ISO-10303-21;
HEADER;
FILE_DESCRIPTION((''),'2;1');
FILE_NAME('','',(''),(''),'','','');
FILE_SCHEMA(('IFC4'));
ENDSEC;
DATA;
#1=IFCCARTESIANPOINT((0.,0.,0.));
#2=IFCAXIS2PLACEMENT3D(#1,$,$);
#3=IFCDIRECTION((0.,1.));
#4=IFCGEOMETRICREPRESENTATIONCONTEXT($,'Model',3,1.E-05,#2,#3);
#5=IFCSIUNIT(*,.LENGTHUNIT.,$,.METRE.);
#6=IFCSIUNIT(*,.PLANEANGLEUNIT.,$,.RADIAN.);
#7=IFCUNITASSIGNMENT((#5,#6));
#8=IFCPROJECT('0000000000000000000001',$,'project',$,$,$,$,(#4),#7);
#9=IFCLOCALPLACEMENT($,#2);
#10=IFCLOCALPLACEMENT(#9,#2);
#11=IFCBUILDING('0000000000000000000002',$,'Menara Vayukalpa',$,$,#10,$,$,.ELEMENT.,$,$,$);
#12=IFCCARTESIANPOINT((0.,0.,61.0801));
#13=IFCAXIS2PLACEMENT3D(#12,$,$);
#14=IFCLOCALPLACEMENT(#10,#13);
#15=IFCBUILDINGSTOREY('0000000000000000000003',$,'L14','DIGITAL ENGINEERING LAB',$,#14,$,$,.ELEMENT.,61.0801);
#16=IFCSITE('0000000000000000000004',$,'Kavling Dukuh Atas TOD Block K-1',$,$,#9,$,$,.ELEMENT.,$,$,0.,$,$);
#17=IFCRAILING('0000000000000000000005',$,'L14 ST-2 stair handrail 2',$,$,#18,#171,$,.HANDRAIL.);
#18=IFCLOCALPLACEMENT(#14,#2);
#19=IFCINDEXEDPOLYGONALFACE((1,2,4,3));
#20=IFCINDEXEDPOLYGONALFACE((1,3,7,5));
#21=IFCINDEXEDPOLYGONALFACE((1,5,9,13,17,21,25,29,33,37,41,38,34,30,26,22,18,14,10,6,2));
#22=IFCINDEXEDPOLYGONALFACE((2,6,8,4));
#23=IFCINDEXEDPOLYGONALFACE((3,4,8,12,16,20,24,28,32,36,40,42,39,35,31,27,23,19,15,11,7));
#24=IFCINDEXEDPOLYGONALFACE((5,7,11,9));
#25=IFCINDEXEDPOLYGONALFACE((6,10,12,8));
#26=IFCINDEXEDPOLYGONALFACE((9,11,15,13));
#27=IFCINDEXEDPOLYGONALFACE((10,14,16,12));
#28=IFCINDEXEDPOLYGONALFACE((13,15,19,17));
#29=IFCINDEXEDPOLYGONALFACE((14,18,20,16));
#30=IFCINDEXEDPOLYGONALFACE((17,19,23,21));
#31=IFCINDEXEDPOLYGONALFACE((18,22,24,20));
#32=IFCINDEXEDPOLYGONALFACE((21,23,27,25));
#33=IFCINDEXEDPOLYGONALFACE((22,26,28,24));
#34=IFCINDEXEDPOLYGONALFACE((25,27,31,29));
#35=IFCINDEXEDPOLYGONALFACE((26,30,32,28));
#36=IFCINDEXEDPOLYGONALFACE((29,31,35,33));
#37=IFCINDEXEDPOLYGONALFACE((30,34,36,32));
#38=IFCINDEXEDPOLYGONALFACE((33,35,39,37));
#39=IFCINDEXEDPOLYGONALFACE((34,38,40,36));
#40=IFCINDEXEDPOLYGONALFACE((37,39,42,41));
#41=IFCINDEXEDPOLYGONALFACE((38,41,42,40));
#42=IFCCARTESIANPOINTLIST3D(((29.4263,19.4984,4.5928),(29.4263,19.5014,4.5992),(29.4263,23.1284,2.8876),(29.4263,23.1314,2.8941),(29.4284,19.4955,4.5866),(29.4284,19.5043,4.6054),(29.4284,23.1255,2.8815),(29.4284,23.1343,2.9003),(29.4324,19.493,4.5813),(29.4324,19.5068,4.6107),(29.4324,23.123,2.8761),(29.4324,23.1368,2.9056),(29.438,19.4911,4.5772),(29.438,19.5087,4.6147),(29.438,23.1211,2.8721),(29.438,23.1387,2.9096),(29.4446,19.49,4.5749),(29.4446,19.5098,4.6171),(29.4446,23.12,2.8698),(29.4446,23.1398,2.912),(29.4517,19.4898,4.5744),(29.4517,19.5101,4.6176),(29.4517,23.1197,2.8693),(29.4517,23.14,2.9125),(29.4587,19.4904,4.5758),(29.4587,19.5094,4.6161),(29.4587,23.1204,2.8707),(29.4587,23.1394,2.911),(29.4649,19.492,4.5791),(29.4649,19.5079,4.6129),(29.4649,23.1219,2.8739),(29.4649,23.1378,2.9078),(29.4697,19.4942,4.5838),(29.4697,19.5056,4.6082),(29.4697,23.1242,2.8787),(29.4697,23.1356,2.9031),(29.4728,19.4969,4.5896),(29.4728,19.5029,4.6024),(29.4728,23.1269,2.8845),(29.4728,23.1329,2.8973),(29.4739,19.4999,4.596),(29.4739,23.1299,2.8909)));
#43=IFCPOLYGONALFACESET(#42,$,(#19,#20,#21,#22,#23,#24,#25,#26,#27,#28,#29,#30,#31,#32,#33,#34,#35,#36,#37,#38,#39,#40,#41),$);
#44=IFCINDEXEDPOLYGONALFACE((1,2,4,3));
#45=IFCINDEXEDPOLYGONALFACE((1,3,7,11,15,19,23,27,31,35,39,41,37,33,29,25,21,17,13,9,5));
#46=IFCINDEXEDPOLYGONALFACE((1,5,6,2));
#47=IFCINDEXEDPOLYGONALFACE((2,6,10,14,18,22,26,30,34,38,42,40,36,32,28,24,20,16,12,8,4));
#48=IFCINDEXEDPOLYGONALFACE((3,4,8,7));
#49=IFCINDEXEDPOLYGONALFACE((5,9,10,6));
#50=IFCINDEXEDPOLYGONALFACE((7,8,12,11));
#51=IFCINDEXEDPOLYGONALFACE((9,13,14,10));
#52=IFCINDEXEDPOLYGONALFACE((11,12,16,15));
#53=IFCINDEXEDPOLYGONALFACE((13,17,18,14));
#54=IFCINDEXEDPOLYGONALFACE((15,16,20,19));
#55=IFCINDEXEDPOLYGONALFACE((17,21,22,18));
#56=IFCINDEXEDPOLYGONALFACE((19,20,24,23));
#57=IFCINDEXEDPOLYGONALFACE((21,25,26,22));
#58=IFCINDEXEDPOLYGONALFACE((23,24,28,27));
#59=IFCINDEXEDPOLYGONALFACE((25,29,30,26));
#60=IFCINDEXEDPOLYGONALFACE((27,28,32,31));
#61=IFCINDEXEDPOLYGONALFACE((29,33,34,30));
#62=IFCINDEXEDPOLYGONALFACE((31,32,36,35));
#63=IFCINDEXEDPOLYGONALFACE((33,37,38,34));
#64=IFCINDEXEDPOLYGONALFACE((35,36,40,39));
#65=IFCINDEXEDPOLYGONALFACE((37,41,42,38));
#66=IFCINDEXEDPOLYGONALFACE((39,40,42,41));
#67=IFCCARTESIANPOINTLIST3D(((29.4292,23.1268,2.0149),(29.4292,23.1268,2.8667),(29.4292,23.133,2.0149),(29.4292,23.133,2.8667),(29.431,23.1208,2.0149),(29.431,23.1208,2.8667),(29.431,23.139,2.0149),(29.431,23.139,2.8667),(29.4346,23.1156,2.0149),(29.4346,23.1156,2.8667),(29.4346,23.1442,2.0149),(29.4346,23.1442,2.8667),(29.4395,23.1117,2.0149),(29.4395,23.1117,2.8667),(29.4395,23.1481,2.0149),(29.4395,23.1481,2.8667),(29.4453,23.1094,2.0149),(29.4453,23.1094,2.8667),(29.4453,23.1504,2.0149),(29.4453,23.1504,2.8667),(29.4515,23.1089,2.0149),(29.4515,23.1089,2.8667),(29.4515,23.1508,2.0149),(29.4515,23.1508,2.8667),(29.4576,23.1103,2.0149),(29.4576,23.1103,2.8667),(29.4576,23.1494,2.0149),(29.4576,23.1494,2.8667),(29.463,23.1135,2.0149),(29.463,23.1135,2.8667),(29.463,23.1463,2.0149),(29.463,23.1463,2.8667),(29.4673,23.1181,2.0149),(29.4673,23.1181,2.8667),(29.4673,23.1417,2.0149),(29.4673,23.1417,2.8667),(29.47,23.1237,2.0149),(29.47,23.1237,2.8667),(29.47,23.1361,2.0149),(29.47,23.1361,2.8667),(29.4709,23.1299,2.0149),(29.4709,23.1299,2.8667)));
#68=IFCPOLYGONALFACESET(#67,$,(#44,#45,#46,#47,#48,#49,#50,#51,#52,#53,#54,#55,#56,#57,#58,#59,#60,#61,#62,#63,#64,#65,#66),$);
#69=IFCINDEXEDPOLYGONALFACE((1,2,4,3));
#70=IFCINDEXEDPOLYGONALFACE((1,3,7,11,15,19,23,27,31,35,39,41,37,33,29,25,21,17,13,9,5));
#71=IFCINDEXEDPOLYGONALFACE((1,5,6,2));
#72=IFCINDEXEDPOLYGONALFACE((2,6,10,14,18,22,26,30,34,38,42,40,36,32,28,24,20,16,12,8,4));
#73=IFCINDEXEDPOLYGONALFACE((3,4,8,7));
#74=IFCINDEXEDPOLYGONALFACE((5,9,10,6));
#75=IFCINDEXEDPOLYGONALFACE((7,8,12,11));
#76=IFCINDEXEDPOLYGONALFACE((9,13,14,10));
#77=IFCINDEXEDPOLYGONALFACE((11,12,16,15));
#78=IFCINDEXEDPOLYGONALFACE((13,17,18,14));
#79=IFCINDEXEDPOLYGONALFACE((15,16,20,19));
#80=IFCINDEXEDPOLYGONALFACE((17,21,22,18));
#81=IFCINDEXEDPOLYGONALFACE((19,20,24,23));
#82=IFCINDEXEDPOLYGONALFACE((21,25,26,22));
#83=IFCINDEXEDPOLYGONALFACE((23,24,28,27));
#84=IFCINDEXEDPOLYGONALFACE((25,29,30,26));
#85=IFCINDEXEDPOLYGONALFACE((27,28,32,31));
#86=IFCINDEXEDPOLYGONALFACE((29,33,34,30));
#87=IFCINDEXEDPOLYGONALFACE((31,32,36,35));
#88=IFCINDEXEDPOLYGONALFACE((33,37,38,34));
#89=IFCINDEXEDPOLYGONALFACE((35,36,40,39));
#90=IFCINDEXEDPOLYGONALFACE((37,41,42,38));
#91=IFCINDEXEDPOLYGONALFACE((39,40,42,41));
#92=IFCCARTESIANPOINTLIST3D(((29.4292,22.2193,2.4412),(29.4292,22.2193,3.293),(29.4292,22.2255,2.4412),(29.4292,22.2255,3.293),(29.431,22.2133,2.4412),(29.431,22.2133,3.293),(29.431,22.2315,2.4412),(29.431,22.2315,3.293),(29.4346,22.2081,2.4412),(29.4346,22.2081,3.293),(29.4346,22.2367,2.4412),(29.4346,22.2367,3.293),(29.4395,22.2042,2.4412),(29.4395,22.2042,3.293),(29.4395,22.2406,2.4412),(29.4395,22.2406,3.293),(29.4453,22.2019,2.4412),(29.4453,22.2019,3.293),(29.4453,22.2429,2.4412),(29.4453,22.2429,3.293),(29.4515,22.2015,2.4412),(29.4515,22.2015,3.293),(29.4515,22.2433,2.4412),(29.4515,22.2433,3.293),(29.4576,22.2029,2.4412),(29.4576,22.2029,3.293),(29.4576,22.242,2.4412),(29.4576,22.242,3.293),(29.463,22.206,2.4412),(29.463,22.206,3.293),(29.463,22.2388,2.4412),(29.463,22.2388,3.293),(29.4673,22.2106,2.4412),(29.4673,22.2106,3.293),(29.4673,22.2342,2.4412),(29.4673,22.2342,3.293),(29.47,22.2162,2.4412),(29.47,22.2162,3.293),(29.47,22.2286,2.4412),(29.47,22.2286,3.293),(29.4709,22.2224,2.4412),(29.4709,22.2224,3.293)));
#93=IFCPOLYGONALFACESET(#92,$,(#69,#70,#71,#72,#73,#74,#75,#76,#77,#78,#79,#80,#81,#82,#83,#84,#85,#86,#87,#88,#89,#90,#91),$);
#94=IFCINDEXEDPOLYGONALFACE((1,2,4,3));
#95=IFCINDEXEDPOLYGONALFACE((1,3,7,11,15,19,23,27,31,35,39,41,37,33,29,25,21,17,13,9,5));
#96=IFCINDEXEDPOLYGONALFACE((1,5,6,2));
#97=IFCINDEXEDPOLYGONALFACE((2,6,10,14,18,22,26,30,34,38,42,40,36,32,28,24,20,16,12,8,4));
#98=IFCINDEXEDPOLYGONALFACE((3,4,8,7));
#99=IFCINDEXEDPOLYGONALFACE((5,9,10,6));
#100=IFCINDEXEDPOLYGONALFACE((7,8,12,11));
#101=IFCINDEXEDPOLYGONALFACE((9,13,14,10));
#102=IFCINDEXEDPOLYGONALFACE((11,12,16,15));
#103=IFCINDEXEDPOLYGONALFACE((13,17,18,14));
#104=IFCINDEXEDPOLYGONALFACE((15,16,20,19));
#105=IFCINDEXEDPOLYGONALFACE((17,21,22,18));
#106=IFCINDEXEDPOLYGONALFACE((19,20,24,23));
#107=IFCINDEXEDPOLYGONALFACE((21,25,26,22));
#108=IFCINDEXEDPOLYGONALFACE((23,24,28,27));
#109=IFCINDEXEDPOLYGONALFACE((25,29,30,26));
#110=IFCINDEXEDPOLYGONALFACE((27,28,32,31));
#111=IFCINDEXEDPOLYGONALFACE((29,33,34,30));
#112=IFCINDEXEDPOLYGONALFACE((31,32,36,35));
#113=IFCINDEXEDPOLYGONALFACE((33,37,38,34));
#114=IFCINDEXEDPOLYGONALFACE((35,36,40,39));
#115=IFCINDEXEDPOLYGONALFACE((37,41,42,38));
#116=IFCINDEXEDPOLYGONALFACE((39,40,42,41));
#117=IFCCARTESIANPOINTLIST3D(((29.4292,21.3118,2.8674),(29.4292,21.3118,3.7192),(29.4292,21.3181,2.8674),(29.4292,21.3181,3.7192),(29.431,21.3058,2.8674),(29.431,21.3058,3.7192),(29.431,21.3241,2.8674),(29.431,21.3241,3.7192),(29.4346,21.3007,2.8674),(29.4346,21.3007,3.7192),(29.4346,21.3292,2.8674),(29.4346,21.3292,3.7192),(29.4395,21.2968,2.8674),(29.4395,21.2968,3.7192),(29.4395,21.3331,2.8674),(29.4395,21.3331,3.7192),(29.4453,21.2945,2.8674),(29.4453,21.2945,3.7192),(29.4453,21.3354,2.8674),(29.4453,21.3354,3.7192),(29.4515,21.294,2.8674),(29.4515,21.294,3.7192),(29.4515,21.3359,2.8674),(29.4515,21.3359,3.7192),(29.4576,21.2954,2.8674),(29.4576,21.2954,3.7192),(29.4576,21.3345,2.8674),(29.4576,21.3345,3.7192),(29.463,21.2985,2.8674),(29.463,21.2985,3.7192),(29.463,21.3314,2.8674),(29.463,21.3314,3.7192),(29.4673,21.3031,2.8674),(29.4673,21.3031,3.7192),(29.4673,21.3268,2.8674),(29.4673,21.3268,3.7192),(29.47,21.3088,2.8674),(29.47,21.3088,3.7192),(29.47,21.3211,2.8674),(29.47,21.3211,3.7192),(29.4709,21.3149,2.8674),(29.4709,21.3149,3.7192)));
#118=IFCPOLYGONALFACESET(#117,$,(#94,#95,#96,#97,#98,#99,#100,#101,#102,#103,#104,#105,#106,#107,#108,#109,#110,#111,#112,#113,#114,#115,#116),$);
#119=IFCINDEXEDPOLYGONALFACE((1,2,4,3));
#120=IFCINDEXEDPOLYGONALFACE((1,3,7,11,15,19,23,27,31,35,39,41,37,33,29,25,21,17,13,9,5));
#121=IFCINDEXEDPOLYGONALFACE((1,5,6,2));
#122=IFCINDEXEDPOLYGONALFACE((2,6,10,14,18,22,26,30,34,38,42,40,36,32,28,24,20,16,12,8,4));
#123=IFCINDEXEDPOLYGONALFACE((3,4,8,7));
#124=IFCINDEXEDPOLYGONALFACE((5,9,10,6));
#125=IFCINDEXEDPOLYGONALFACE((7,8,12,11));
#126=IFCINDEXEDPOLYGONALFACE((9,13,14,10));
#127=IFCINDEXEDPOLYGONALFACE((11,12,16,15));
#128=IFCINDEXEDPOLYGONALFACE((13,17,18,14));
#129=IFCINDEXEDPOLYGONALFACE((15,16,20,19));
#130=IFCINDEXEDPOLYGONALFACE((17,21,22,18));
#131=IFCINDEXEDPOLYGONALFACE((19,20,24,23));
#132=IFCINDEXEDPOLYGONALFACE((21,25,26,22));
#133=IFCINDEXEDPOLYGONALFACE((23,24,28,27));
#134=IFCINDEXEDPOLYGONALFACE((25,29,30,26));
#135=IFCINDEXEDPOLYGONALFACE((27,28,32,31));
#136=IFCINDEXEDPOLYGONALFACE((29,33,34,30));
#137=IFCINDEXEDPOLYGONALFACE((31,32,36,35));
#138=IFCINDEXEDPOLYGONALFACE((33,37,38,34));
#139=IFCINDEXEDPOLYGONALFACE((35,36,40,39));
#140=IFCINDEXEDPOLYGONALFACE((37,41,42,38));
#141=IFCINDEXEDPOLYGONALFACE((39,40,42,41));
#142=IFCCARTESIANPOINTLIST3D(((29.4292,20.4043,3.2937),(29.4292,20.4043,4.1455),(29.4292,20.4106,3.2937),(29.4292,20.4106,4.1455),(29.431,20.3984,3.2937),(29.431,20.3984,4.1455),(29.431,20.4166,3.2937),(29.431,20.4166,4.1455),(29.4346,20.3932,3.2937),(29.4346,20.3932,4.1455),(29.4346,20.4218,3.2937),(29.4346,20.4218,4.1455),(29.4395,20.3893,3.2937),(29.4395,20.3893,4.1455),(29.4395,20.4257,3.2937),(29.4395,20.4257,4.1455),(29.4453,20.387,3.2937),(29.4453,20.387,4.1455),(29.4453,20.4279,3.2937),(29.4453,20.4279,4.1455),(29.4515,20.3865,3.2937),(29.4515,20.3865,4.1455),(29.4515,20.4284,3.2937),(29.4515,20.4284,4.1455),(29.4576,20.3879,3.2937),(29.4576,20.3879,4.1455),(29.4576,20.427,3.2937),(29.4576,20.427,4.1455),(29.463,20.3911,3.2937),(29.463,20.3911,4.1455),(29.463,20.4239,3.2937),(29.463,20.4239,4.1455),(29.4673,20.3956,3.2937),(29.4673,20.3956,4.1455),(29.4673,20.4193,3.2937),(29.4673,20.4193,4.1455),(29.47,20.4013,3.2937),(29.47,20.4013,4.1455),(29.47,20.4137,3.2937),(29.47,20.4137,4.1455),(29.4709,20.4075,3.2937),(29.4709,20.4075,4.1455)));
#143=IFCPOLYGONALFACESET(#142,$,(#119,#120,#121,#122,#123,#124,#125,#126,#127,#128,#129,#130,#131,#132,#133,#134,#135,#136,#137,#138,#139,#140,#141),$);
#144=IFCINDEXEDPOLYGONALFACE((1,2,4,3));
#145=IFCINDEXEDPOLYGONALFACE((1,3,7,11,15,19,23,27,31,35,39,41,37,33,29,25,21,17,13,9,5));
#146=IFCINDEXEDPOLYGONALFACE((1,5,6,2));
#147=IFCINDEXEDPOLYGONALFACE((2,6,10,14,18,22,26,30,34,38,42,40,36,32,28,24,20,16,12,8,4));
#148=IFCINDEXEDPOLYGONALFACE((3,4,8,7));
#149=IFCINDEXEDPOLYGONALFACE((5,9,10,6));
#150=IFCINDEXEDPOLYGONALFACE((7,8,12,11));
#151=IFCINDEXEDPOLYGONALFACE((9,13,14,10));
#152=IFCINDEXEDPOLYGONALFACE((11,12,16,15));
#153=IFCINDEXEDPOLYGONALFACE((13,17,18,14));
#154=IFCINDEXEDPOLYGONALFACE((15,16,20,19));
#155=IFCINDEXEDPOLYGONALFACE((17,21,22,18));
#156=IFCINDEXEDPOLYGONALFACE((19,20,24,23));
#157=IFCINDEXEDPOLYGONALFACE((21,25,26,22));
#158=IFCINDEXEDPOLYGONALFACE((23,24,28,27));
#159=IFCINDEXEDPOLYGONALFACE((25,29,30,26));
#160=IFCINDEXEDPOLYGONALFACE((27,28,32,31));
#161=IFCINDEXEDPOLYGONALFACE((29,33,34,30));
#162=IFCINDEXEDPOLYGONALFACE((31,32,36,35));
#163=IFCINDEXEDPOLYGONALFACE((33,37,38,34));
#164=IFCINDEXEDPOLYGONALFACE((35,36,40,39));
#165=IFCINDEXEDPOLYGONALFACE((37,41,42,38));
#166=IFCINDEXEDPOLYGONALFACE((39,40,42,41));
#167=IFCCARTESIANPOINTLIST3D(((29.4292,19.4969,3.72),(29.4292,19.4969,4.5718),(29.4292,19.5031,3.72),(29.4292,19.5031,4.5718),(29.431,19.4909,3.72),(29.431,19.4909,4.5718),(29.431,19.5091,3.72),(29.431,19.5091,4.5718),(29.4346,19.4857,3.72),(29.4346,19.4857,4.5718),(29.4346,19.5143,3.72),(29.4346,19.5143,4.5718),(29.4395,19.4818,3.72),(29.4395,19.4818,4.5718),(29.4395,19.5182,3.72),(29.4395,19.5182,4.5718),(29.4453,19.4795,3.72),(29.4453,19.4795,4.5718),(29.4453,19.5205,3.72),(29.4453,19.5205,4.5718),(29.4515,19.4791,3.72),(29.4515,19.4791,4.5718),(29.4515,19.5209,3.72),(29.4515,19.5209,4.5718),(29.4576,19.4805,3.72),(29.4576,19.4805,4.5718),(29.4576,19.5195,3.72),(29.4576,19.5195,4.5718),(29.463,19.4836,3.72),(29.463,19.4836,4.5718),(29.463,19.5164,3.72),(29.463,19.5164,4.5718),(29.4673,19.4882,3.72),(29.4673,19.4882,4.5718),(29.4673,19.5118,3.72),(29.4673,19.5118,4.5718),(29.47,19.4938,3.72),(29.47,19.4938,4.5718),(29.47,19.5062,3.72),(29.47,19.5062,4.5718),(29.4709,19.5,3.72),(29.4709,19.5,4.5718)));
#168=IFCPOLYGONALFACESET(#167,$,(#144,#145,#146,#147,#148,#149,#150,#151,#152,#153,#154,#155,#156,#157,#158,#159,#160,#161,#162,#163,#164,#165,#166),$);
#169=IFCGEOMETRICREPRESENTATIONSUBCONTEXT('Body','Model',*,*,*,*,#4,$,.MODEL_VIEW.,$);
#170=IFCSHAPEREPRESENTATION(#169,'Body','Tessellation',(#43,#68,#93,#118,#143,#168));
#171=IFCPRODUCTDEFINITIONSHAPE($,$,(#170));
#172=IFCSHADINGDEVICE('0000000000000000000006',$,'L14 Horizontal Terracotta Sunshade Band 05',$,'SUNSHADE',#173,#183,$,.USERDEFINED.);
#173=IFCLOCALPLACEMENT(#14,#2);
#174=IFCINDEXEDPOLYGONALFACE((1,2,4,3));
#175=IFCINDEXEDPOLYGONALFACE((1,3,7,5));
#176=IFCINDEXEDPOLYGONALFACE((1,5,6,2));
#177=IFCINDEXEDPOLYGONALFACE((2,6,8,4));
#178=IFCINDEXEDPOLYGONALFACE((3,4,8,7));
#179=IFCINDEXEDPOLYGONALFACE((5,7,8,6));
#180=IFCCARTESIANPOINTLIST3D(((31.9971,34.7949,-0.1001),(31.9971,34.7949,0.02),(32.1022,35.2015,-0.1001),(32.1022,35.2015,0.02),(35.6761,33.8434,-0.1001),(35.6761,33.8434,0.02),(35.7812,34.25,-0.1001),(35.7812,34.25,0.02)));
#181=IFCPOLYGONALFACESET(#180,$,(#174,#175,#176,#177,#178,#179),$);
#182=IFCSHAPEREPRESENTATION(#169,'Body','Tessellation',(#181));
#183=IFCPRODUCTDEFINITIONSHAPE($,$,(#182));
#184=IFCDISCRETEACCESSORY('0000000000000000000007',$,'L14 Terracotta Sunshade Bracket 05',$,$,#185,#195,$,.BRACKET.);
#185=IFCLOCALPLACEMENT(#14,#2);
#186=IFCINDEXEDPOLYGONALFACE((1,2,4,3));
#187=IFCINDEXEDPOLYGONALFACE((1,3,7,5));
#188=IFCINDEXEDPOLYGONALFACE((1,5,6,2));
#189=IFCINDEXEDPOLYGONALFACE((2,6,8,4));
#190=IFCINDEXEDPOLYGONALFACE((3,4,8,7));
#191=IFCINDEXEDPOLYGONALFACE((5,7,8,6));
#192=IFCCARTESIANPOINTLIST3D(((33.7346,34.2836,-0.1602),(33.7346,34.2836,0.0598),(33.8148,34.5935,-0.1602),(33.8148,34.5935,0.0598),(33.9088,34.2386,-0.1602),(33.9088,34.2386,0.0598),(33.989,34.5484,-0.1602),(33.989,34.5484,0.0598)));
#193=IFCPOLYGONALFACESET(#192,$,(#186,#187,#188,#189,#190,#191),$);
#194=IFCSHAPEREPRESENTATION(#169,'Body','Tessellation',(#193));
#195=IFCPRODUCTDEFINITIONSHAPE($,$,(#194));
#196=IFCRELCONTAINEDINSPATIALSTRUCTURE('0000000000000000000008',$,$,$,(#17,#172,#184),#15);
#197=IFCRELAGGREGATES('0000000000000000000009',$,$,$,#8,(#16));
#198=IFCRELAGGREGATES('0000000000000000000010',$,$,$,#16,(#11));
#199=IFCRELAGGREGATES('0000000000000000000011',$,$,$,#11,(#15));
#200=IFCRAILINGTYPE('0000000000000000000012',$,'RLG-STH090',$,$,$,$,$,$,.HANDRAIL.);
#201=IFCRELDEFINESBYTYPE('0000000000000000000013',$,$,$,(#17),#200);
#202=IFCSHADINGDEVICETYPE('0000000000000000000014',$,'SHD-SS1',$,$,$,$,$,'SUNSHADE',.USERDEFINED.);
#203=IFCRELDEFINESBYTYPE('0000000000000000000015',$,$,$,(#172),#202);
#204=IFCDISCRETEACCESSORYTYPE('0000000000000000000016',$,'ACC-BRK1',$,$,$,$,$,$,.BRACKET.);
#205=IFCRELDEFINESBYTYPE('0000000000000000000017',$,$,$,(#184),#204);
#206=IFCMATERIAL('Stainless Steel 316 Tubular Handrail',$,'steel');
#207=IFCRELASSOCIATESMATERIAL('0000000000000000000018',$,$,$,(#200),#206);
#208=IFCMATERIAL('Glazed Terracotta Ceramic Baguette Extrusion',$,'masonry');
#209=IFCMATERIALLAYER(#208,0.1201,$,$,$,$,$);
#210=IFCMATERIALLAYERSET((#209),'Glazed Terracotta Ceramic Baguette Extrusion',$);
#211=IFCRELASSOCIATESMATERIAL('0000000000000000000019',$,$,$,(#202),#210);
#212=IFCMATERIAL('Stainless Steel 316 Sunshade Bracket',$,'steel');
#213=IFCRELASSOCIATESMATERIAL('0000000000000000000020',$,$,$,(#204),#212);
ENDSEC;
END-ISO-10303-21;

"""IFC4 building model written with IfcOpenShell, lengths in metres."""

from ifc_helpers import new_model, si_unit, direction, frame, origin, origin_2d, place, context, subcontext, project, spatial, rectangle, circle, extrude, material, layer, layer_set, type_object, element, save


model = new_model("IFC4")

# Units and contexts
model_context = context("Model", 3, precision=1e-05, world=origin(), true_north=direction((0.0, 1.0)))
body_context = subcontext(model_context, "Body", "Model", "MODEL_VIEW")
ifc_project = project(units=[si_unit("LENGTHUNIT", "METRE"), si_unit("PLANEANGLEUNIT", "RADIAN")], contexts=[model_context])

# Site, building, storey
site_placement = place(None, origin())
site = spatial("IfcSite", under=ifc_project, at=site_placement, Name="Kavling Dukuh Atas TOD Block K-1", CompositionType="ELEMENT", RefElevation=0.0)
building_placement = place(site_placement, origin())
building = spatial("IfcBuilding", under=site, at=building_placement, Name="Menara Vayukalpa", CompositionType="ELEMENT")
storey_placement = place(building_placement, frame((0.0, 0.0, 61.0801)))
storey = spatial("IfcBuildingStorey", under=building, at=storey_placement, Name="L14", Description="DIGITAL ENGINEERING LAB", CompositionType="ELEMENT", Elevation=61.0801)

# Railing
ifc_material_1 = material(Name="Stainless Steel 316 Tubular Handrail", Category="steel")
railing_type_1 = type_object("IfcRailingType", Name="RLG-STH090", PredefinedType="HANDRAIL", material=ifc_material_1)
railing_1_placement = place(storey_placement, frame((29.45, 23.1299, 2.0149)))
element("IfcRailing", 1, at=railing_1_placement, inside=storey, type_object=railing_type_1, Name="L14 ST-2 stair handrail 2", PredefinedType="HANDRAIL", context=body_context, shape_type="SweptSolid", body=[
    extrude(circle(Radius=0.0239, at=origin_2d()), frame((0.0, 0.0, 0.876), z_axis=(0.0, -0.905116, 0.425164), x_axis=(1.0, 0.0, 0.0)), (0.0, 0.0, 1.0), 4.0105),
    extrude(circle(Radius=0.021, at=origin_2d()), origin(), (0.0, 0.0, 1.0), 0.8518),
    extrude(circle(Radius=0.021, at=origin_2d()), frame((0.0, -0.9075, 0.4263)), (0.0, 0.0, 1.0), 0.8518),
    extrude(circle(Radius=0.021, at=origin_2d()), frame((0.0, -1.8149, 0.8525)), (0.0, 0.0, 1.0), 0.8518),
    extrude(circle(Radius=0.021, at=origin_2d()), frame((0.0, -2.7224, 1.2788)), (0.0, 0.0, 1.0), 0.8518),
    extrude(circle(Radius=0.021, at=origin_2d()), frame((0.0, -3.6299, 1.7051)), (0.0, 0.0, 1.0), 0.8518),
])

# Shading device
ifc_material_2 = material(Name="Glazed Terracotta Ceramic Baguette Extrusion", Category="masonry")
ifc_layer_1 = layer(ifc_material_2, 0.1201)
ifc_layer_set_1 = layer_set([ifc_layer_1], Name="Glazed Terracotta Ceramic Baguette Extrusion")
shading_device_type = type_object("IfcShadingDeviceType", Name="SHD-SS1", ElementType="SUNSHADE", PredefinedType="USERDEFINED", material=ifc_layer_set_1)
shading_device_placement = place(storey_placement, frame((33.8892, 34.5225, -0.1001), z_axis=(0.0, 0.0, 1.0), x_axis=(-0.968143, 0.250397, 0.0)))
element("IfcShadingDevice", 2, at=shading_device_placement, inside=storey, type_object=shading_device_type, Name="L14 Horizontal Terracotta Sunshade Band 05", ObjectType="SUNSHADE", PredefinedType="USERDEFINED", context=body_context, shape_type="SweptSolid", body=[
    extrude(rectangle(XDim=3.8, YDim=0.4199, at=origin_2d()), origin(), (0.0, 0.0, 1.0), 0.1201),
])

# Discrete accessory
ifc_material_3 = material(Name="Stainless Steel 316 Sunshade Bracket", Category="steel")
discrete_accessory_type = type_object("IfcDiscreteAccessoryType", Name="ACC-BRK1", PredefinedType="BRACKET", material=ifc_material_3)
discrete_accessory_placement = place(storey_placement, frame((33.8618, 34.416, -0.1602), z_axis=(0.0, 0.0, 1.0), x_axis=(-0.968143, 0.250397, 0.0)))
element("IfcDiscreteAccessory", 3, at=discrete_accessory_placement, inside=storey, type_object=discrete_accessory_type, Name="L14 Terracotta Sunshade Bracket 05", PredefinedType="BRACKET", context=body_context, shape_type="SweptSolid", body=[
    extrude(rectangle(XDim=0.1799, YDim=0.3201, at=origin_2d()), origin(), (0.0, 0.0, 1.0), 0.22),
])

save(model, "model.ifc")
